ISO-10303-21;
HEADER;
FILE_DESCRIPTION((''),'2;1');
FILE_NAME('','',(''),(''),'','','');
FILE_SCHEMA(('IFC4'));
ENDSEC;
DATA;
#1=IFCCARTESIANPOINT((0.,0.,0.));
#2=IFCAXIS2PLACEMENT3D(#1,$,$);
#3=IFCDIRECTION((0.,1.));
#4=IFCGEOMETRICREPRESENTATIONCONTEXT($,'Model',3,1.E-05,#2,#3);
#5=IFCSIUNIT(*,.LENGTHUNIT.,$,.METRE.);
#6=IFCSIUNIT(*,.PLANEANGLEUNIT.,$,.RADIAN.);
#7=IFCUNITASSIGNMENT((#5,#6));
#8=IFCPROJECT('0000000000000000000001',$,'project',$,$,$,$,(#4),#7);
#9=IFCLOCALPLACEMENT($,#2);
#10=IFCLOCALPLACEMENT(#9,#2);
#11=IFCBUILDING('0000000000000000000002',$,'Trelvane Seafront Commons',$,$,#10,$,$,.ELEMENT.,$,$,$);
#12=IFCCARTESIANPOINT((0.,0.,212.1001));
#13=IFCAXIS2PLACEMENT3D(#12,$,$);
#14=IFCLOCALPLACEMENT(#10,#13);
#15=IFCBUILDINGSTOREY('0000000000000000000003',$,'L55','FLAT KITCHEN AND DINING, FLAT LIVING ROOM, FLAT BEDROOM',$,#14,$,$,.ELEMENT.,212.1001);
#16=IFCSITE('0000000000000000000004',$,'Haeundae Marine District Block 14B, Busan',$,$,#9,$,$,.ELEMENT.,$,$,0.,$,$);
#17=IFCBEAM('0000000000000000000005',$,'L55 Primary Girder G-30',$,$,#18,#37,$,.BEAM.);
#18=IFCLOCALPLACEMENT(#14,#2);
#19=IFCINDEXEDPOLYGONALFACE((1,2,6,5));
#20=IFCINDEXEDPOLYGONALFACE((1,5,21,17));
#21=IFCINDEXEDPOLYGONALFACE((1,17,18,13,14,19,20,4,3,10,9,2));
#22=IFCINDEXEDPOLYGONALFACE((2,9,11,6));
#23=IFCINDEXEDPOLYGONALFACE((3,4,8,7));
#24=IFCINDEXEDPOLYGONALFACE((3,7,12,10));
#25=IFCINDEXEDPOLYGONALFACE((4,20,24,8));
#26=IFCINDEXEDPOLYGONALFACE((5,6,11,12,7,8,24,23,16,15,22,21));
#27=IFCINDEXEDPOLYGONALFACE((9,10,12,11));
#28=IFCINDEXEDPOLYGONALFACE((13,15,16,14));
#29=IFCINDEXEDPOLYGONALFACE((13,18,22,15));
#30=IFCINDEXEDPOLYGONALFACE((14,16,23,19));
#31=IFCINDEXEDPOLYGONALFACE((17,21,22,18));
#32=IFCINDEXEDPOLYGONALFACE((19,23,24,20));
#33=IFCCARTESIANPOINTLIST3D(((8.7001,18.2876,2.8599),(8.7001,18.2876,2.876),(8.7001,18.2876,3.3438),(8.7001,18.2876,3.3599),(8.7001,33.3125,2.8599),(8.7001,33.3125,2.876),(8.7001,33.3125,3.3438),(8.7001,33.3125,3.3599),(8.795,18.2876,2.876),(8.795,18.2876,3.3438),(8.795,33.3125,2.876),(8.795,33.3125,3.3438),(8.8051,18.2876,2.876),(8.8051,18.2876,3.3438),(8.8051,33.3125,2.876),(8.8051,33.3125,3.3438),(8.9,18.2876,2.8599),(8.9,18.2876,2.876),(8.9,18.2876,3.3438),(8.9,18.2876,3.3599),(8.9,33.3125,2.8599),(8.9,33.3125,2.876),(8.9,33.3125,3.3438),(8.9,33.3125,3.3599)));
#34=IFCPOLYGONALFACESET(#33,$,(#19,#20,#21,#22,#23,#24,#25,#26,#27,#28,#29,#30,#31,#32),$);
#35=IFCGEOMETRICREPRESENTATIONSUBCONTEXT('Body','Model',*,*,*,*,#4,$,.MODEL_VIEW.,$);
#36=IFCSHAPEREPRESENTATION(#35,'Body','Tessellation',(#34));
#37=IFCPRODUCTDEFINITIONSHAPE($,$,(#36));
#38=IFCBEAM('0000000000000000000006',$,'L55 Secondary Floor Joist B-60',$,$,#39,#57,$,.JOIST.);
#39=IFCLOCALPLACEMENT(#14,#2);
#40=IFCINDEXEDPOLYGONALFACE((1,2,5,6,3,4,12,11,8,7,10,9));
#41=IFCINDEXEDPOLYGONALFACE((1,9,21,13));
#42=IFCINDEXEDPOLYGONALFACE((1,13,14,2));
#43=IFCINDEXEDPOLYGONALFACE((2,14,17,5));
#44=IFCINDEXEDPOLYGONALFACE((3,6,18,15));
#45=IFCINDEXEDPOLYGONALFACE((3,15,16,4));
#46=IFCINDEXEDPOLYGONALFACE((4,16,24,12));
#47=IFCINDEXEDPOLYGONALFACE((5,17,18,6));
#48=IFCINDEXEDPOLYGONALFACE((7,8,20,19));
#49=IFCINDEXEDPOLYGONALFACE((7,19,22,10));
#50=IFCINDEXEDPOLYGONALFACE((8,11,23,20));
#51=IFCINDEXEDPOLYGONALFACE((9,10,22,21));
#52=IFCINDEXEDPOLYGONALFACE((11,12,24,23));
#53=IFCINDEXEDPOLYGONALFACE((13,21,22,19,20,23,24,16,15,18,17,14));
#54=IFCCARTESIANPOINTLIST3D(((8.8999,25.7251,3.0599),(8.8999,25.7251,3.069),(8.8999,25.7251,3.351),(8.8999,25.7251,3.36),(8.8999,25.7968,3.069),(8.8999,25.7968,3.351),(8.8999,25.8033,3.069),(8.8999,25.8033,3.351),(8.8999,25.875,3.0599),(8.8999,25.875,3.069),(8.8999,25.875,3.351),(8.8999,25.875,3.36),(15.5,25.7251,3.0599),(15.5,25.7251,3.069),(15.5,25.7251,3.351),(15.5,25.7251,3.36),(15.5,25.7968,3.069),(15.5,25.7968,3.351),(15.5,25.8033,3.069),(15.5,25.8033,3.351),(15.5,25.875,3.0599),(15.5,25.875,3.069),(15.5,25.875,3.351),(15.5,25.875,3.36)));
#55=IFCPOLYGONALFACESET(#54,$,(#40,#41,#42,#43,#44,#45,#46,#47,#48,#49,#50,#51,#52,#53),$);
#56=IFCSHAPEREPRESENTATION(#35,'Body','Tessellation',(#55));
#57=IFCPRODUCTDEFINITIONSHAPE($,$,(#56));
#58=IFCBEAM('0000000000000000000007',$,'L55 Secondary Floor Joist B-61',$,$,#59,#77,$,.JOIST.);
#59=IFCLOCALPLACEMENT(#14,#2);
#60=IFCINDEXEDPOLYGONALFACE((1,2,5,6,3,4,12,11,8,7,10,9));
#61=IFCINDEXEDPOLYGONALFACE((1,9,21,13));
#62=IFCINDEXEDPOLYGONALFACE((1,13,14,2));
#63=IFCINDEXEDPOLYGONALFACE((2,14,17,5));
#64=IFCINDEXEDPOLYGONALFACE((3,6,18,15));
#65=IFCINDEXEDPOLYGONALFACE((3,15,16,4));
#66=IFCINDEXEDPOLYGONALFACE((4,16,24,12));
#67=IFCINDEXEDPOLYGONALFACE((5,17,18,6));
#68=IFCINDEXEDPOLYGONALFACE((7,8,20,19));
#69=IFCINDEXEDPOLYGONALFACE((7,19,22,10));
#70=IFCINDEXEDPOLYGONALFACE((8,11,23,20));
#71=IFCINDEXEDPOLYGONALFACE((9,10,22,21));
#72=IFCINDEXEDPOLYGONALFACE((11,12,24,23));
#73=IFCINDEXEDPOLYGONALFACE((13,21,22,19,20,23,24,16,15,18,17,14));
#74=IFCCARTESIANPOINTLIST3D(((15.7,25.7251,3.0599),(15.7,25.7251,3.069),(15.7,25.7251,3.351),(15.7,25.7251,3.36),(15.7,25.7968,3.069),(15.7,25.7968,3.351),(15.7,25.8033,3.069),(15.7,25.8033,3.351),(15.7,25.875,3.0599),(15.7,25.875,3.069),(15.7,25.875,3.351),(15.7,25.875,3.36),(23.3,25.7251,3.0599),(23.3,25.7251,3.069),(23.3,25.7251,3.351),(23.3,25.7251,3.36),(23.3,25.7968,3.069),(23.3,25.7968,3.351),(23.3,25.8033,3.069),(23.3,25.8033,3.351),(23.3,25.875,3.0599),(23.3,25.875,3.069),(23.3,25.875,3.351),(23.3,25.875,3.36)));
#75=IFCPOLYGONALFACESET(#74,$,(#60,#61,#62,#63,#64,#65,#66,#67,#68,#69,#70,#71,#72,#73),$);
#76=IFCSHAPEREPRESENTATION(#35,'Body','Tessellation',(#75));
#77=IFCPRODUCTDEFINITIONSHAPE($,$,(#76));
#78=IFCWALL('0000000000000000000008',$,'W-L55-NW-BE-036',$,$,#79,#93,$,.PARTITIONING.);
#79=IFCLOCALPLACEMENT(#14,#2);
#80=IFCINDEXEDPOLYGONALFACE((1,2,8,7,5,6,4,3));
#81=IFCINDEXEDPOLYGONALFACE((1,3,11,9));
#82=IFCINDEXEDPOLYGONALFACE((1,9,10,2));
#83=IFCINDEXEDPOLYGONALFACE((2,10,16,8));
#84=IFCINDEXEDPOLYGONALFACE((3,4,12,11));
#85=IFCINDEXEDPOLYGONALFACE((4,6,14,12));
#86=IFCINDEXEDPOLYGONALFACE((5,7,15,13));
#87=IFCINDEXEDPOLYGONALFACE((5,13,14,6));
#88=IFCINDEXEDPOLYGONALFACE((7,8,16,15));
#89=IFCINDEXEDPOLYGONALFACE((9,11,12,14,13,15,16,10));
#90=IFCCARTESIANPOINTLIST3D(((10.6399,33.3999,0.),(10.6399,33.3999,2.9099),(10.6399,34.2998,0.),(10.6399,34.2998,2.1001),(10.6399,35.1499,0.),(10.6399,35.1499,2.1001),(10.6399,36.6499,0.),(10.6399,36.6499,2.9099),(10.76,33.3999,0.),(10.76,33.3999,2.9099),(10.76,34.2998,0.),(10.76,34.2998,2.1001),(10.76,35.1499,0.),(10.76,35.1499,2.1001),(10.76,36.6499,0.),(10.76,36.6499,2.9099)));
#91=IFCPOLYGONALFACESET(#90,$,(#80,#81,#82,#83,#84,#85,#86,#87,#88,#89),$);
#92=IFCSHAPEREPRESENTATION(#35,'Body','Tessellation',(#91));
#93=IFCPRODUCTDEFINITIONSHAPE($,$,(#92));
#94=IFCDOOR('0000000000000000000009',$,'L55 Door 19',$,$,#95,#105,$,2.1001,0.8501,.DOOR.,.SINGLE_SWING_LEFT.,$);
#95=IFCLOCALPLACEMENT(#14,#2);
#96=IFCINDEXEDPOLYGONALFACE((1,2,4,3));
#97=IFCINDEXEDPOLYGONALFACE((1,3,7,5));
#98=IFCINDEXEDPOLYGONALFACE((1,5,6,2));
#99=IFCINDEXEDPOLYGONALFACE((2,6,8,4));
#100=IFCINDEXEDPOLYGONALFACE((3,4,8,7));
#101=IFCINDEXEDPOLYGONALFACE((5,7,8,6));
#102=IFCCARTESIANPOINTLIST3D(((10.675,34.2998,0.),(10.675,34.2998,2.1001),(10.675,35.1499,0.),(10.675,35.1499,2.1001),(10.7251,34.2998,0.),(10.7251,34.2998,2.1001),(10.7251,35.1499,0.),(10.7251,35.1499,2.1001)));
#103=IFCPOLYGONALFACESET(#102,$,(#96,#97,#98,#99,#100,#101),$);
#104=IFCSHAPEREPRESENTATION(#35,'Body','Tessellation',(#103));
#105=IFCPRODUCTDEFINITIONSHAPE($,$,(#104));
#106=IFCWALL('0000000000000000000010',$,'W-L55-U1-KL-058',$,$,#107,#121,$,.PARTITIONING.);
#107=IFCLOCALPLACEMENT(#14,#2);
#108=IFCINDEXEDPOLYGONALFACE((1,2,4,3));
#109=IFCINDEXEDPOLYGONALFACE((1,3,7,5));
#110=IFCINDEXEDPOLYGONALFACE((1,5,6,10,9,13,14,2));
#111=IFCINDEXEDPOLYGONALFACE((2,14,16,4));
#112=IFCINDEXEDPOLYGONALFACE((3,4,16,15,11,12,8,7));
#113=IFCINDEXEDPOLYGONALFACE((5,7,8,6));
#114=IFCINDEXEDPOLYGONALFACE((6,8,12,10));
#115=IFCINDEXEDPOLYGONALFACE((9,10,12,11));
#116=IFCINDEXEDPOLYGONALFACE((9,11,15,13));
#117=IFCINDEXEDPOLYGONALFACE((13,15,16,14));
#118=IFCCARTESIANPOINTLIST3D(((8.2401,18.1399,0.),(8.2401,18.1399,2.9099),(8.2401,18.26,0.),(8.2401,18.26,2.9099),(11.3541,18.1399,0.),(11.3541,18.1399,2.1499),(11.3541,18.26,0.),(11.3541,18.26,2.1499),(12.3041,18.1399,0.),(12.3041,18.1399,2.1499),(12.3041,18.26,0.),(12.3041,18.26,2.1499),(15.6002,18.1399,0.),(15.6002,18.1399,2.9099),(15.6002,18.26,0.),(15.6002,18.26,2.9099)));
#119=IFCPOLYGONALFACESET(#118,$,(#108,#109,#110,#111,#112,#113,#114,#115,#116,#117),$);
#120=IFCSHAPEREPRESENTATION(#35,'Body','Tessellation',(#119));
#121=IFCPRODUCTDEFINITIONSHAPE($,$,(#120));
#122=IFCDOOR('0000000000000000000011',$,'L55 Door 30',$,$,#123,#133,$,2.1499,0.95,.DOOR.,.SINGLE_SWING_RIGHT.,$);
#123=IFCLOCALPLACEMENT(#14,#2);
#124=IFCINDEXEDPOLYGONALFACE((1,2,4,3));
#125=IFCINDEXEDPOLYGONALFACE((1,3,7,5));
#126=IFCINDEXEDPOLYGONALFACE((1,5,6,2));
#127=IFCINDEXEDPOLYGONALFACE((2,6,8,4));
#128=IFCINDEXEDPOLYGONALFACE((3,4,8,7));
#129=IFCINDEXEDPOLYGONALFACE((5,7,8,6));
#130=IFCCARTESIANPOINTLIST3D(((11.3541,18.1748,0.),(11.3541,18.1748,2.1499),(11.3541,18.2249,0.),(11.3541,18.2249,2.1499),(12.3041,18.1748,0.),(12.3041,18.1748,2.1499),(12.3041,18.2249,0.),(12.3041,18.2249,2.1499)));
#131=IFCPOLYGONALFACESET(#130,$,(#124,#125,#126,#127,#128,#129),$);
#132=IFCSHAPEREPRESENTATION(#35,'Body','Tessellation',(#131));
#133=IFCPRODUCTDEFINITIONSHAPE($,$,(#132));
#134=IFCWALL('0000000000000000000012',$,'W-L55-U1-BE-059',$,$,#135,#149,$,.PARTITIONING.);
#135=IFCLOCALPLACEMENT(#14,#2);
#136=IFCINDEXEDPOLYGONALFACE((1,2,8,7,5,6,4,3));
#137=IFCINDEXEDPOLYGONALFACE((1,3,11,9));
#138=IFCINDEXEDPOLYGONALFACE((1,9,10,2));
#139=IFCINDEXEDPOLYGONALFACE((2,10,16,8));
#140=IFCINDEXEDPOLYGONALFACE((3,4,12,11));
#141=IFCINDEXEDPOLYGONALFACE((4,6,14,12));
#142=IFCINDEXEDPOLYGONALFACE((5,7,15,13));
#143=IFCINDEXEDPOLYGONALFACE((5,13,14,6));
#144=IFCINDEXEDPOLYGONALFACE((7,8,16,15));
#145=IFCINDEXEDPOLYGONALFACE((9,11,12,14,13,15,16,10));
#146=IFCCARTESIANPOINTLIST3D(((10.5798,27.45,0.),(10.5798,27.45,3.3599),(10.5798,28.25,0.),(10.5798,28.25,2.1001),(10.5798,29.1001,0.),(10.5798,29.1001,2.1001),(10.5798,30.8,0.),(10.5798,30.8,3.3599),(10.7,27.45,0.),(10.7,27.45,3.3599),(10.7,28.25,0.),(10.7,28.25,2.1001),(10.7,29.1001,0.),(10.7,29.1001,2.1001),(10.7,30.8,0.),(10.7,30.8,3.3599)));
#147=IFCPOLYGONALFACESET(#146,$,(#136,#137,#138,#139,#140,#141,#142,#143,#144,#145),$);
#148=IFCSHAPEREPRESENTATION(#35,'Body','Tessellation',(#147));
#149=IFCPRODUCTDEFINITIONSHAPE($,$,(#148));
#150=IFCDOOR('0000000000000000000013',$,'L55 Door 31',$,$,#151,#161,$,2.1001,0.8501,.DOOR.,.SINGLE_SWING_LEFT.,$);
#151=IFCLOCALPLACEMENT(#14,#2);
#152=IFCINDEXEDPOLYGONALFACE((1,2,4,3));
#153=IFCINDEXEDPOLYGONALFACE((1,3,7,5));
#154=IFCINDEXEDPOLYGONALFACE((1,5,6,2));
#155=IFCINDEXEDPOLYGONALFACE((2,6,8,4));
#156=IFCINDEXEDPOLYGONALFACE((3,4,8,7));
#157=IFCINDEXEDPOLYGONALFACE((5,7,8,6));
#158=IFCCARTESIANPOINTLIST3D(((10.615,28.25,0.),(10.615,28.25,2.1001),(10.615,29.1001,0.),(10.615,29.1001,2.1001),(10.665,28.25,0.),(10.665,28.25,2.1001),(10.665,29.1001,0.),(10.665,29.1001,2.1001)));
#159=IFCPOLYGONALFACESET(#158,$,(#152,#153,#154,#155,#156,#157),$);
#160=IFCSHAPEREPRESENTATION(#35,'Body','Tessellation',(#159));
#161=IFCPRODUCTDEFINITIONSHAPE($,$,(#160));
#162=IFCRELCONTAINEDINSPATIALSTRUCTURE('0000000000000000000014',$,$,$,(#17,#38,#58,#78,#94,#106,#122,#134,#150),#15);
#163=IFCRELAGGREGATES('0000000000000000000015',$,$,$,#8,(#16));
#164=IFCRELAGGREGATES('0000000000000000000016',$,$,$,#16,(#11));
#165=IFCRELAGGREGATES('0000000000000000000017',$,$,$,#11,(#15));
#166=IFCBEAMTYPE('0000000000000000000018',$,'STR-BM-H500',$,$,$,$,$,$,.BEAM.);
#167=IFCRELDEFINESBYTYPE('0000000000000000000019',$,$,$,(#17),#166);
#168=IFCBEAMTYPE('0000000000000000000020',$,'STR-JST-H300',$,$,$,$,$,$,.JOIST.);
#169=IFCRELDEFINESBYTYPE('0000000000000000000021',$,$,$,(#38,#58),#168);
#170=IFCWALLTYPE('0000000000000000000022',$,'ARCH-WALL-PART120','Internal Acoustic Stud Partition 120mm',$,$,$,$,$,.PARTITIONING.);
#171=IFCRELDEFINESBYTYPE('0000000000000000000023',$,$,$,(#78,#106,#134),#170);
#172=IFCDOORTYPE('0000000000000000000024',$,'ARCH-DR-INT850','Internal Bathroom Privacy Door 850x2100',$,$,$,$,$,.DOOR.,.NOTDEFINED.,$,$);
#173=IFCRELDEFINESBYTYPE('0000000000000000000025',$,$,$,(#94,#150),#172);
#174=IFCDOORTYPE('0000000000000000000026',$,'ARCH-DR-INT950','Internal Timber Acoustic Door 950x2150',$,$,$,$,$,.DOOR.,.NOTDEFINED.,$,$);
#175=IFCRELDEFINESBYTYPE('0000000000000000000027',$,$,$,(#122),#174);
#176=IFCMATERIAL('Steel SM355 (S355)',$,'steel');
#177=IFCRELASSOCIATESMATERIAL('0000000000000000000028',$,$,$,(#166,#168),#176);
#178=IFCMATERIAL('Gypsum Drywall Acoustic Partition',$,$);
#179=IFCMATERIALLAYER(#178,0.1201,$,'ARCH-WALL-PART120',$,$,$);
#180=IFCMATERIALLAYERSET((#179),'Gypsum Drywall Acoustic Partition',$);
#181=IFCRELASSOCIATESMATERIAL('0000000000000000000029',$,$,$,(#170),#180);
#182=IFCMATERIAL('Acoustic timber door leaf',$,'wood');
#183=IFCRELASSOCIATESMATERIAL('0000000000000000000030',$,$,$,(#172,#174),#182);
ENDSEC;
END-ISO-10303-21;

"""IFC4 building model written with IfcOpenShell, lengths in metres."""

from ifc_helpers import new_model, si_unit, direction, frame, frame_2d, origin, origin_2d, place, context, subcontext, project, spatial, rectangle, i_section, extrude, source, transform, mapped, material, layer, layer_set, material_profile, profile_set, type_object, element, fill, save


model = new_model("IFC4")

# Units and contexts
model_context = context("Model", 3, precision=1e-05, world=origin(), true_north=direction((0.0, 1.0)))
body_context = subcontext(model_context, "Body", "Model", "MODEL_VIEW")
ifc_project = project(units=[si_unit("LENGTHUNIT", "METRE"), si_unit("PLANEANGLEUNIT", "RADIAN")], contexts=[model_context])

# Site, building, storey
site_placement = place(None, origin())
site = spatial("IfcSite", under=ifc_project, at=site_placement, Name="Haeundae Marine District Block 14B, Busan", CompositionType="ELEMENT", RefElevation=0.0)
building_placement = place(site_placement, origin())
building = spatial("IfcBuilding", under=site, at=building_placement, Name="Trelvane Seafront Commons", CompositionType="ELEMENT")
storey_placement = place(building_placement, frame((0.0, 0.0, 212.1001)))
storey = spatial("IfcBuildingStorey", under=building, at=storey_placement, Name="L55", Description="FLAT KITCHEN AND DINING, FLAT LIVING ROOM, FLAT BEDROOM", CompositionType="ELEMENT", Elevation=212.1001)

# Shared definitions
ifc_material_1 = material(Name="Steel SM355 (S355)", Category="steel")

# Beams
ifc_material_profile_1 = material_profile(ifc_material_1, i_section(OverallWidth=0.2, OverallDepth=0.5, WebThickness=0.01, FlangeThickness=0.0161, at=origin_2d()), Name="H-500x200x10x16")
ifc_profile_set_1 = profile_set([ifc_material_profile_1], Name="Steel SM355 (S355)")
beam_type_1 = type_object("IfcBeamType", Name="STR-BM-H500", PredefinedType="BEAM", material=ifc_profile_set_1)
shared_shape_1 = source(origin(), body_context, "Body", "SweptSolid", [
    extrude(i_section(OverallWidth=0.2, OverallDepth=0.5, WebThickness=0.01, FlangeThickness=0.0161, at=origin_2d()), origin(), (0.0, 0.0, 1.0), 15.0249),
])
beam_1_placement = place(storey_placement, frame((8.8, 18.2876, 3.1099), z_axis=(0.0, 1.0, 0.0), x_axis=(-1.0, 0.0, 0.0)))
element("IfcBeam", 1, at=beam_1_placement, inside=storey, type_object=beam_type_1, Name="L55 Primary Girder G-30", PredefinedType="BEAM", context=body_context, shape_type="MappedRepresentation", body=[
    mapped(shared_shape_1, transform((0.0, 0.0, 0.0), x_axis=(1.0, 0.0, 0.0), y_axis=(0.0, 1.0, 0.0), z_axis=(0.0, 0.0, 1.0), scale=1.0)),
])
ifc_material_profile_2 = material_profile(ifc_material_1, i_section(OverallWidth=0.1499, OverallDepth=0.3, WebThickness=0.0066, FlangeThickness=0.009, at=origin_2d()), Name="H-300x150x6.5x9")
ifc_profile_set_2 = profile_set([ifc_material_profile_2], Name="Steel SM355 (S355)")
beam_type_2 = type_object("IfcBeamType", Name="STR-JST-H300", PredefinedType="JOIST", material=ifc_profile_set_2)
shared_shape_2 = source(origin(), body_context, "Body", "SweptSolid", [
    extrude(i_section(OverallWidth=0.1499, OverallDepth=0.3, WebThickness=0.0066, FlangeThickness=0.009, at=origin_2d()), origin(), (0.0, 0.0, 1.0), 6.6001),
])
beam_2_placement = place(storey_placement, frame((8.8999, 25.8, 3.21), z_axis=(1.0, 0.0, 0.0), x_axis=(0.0, 1.0, 0.0)))
element("IfcBeam", 2, at=beam_2_placement, inside=storey, type_object=beam_type_2, Name="L55 Secondary Floor Joist B-60", PredefinedType="JOIST", context=body_context, shape_type="MappedRepresentation", body=[
    mapped(shared_shape_2, transform((0.0, 0.0, 0.0), x_axis=(1.0, 0.0, 0.0), y_axis=(0.0, 1.0, 0.0), z_axis=(0.0, 0.0, 1.0), scale=1.0)),
])
shared_shape_3 = source(origin(), body_context, "Body", "SweptSolid", [
    extrude(i_section(OverallWidth=0.1499, OverallDepth=0.3, WebThickness=0.0066, FlangeThickness=0.009, at=origin_2d()), origin(), (0.0, 0.0, 1.0), 7.6001),
])
beam_3_placement = place(storey_placement, frame((15.7, 25.8, 3.21), z_axis=(1.0, 0.0, 0.0), x_axis=(0.0, 1.0, 0.0)))
element("IfcBeam", 3, at=beam_3_placement, inside=storey, type_object=beam_type_2, Name="L55 Secondary Floor Joist B-61", PredefinedType="JOIST", context=body_context, shape_type="MappedRepresentation", body=[
    mapped(shared_shape_3, transform((0.0, 0.0, 0.0), x_axis=(1.0, 0.0, 0.0), y_axis=(0.0, 1.0, 0.0), z_axis=(0.0, 0.0, 1.0), scale=1.0)),
])

# Walls, openings, doors
ifc_material_2 = material(Name="Gypsum Drywall Acoustic Partition")
ifc_layer_1 = layer(ifc_material_2, 0.1201, Name="ARCH-WALL-PART120")
ifc_layer_set_1 = layer_set([ifc_layer_1], Name="Gypsum Drywall Acoustic Partition")
wall_type_1 = type_object("IfcWallType", Name="ARCH-WALL-PART120", Description="Internal Acoustic Stud Partition 120mm", PredefinedType="PARTITIONING", material=ifc_layer_set_1)
wall_1_placement = place(storey_placement, frame((10.7, 33.3999, 0.0), z_axis=(0.0, 0.0, 1.0), x_axis=(0.0, 1.0, 0.0)))
wall_1 = element("IfcWall", 4, at=wall_1_placement, inside=storey, type_object=wall_type_1, Name="W-L55-NW-BE-036", PredefinedType="PARTITIONING", context=body_context, shape_type="SweptSolid", body=[
    extrude(rectangle(XDim=3.25, YDim=0.1201, at=frame_2d((1.625, 0.0))), origin(), (0.0, 0.0, 1.0), 2.9099),
])
opening_1_placement = place(wall_1_placement, frame((0.8999, 0.0, 0.0)))
opening_1 = element("IfcOpeningElement", 5, at=opening_1_placement, cuts=wall_1, PredefinedType="OPENING", context=body_context, shape_type="SweptSolid", body=[
    extrude(rectangle(XDim=0.8501, YDim=2.1001, at=frame_2d((0.425, 1.05))), frame((0.0, 0.0701, 0.0), z_axis=(0.0, -1.0, 0.0), x_axis=(1.0, 0.0, 0.0)), (0.0, 0.0, 1.0), 0.1401),
])
ifc_material_3 = material(Name="Acoustic timber door leaf", Category="wood")
door_type_1 = type_object("IfcDoorType", Name="ARCH-DR-INT850", Description="Internal Bathroom Privacy Door 850x2100", OperationType="NOTDEFINED", PredefinedType="DOOR", material=ifc_material_3)
shared_shape_4 = source(origin(), body_context, "Body", "SweptSolid", [
    extrude(rectangle(XDim=0.8501, YDim=2.1001, at=frame_2d((0.425, 1.05))), frame((0.0, 0.0249, 0.0), z_axis=(0.0, -1.0, 0.0), x_axis=(1.0, 0.0, 0.0)), (0.0, 0.0, 1.0), 0.05),
])
door_1_placement = place(opening_1_placement, origin())
door_1 = element("IfcDoor", 6, at=door_1_placement, inside=storey, type_object=door_type_1, Name="L55 Door 19", OperationType="SINGLE_SWING_LEFT", OverallHeight=2.1001, OverallWidth=0.8501, PredefinedType="DOOR", context=body_context, shape_type="MappedRepresentation", body=[
    mapped(shared_shape_4, transform((0.0, 0.0, 0.0), x_axis=(1.0, 0.0, 0.0), y_axis=(0.0, 1.0, 0.0), z_axis=(0.0, 0.0, 1.0), scale=1.0)),
])
fill(opening_1, door_1)
wall_2_placement = place(storey_placement, frame((8.24, 18.2, 0.0), z_axis=(0.0, 0.0, 1.0), x_axis=(1.0, 0.0, 0.0)))
wall_2 = element("IfcWall", 7, at=wall_2_placement, inside=storey, type_object=wall_type_1, Name="W-L55-U1-KL-058", PredefinedType="PARTITIONING", context=body_context, shape_type="SweptSolid", body=[
    extrude(rectangle(XDim=7.3601, YDim=0.1201, at=frame_2d((3.6802, 0.0))), origin(), (0.0, 0.0, 1.0), 2.9099),
])
opening_2_placement = place(wall_2_placement, frame((3.114, 0.0, 0.0)))
opening_2 = element("IfcOpeningElement", 8, at=opening_2_placement, cuts=wall_2, PredefinedType="OPENING", context=body_context, shape_type="SweptSolid", body=[
    extrude(rectangle(XDim=0.95, YDim=2.1499, at=frame_2d((0.4751, 1.075))), frame((0.0, 0.0701, 0.0), z_axis=(0.0, -1.0, 0.0), x_axis=(1.0, 0.0, 0.0)), (0.0, 0.0, 1.0), 0.1401),
])
door_type_2 = type_object("IfcDoorType", Name="ARCH-DR-INT950", Description="Internal Timber Acoustic Door 950x2150", OperationType="NOTDEFINED", PredefinedType="DOOR", material=ifc_material_3)
shared_shape_5 = source(origin(), body_context, "Body", "SweptSolid", [
    extrude(rectangle(XDim=0.95, YDim=2.1499, at=frame_2d((0.4751, 1.075))), frame((0.0, 0.0249, 0.0), z_axis=(0.0, -1.0, 0.0), x_axis=(1.0, 0.0, 0.0)), (0.0, 0.0, 1.0), 0.05),
])
door_2_placement = place(opening_2_placement, origin())
door_2 = element("IfcDoor", 9, at=door_2_placement, inside=storey, type_object=door_type_2, Name="L55 Door 30", OperationType="SINGLE_SWING_RIGHT", OverallHeight=2.1499, OverallWidth=0.95, PredefinedType="DOOR", context=body_context, shape_type="MappedRepresentation", body=[
    mapped(shared_shape_5, transform((0.0, 0.0, 0.0), x_axis=(1.0, 0.0, 0.0), y_axis=(0.0, 1.0, 0.0), z_axis=(0.0, 0.0, 1.0), scale=1.0)),
])
fill(opening_2, door_2)
wall_3_placement = place(storey_placement, frame((10.6399, 27.45, 0.0), z_axis=(0.0, 0.0, 1.0), x_axis=(0.0, 1.0, 0.0)))
wall_3 = element("IfcWall", 10, at=wall_3_placement, inside=storey, type_object=wall_type_1, Name="W-L55-U1-BE-059", PredefinedType="PARTITIONING", context=body_context, shape_type="SweptSolid", body=[
    extrude(rectangle(XDim=3.3501, YDim=0.1201, at=frame_2d((1.675, 0.0))), origin(), (0.0, 0.0, 1.0), 3.3599),
])
opening_3_placement = place(wall_3_placement, frame((0.8, 0.0, 0.0)))
opening_3 = element("IfcOpeningElement", 11, at=opening_3_placement, cuts=wall_3, PredefinedType="OPENING", context=body_context, shape_type="SweptSolid", body=[
    extrude(rectangle(XDim=0.8501, YDim=2.1001, at=frame_2d((0.425, 1.05))), frame((0.0, 0.0701, 0.0), z_axis=(0.0, -1.0, 0.0), x_axis=(1.0, 0.0, 0.0)), (0.0, 0.0, 1.0), 0.1401),
])
door_3_placement = place(opening_3_placement, origin())
door_3 = element("IfcDoor", 12, at=door_3_placement, inside=storey, type_object=door_type_1, Name="L55 Door 31", OperationType="SINGLE_SWING_LEFT", OverallHeight=2.1001, OverallWidth=0.8501, PredefinedType="DOOR", context=body_context, shape_type="MappedRepresentation", body=[
    mapped(shared_shape_4, transform((0.0, 0.0, 0.0), x_axis=(1.0, 0.0, 0.0), y_axis=(0.0, 1.0, 0.0), z_axis=(0.0, 0.0, 1.0), scale=1.0)),
])
fill(opening_3, door_3)

save(model, "model.ifc")
